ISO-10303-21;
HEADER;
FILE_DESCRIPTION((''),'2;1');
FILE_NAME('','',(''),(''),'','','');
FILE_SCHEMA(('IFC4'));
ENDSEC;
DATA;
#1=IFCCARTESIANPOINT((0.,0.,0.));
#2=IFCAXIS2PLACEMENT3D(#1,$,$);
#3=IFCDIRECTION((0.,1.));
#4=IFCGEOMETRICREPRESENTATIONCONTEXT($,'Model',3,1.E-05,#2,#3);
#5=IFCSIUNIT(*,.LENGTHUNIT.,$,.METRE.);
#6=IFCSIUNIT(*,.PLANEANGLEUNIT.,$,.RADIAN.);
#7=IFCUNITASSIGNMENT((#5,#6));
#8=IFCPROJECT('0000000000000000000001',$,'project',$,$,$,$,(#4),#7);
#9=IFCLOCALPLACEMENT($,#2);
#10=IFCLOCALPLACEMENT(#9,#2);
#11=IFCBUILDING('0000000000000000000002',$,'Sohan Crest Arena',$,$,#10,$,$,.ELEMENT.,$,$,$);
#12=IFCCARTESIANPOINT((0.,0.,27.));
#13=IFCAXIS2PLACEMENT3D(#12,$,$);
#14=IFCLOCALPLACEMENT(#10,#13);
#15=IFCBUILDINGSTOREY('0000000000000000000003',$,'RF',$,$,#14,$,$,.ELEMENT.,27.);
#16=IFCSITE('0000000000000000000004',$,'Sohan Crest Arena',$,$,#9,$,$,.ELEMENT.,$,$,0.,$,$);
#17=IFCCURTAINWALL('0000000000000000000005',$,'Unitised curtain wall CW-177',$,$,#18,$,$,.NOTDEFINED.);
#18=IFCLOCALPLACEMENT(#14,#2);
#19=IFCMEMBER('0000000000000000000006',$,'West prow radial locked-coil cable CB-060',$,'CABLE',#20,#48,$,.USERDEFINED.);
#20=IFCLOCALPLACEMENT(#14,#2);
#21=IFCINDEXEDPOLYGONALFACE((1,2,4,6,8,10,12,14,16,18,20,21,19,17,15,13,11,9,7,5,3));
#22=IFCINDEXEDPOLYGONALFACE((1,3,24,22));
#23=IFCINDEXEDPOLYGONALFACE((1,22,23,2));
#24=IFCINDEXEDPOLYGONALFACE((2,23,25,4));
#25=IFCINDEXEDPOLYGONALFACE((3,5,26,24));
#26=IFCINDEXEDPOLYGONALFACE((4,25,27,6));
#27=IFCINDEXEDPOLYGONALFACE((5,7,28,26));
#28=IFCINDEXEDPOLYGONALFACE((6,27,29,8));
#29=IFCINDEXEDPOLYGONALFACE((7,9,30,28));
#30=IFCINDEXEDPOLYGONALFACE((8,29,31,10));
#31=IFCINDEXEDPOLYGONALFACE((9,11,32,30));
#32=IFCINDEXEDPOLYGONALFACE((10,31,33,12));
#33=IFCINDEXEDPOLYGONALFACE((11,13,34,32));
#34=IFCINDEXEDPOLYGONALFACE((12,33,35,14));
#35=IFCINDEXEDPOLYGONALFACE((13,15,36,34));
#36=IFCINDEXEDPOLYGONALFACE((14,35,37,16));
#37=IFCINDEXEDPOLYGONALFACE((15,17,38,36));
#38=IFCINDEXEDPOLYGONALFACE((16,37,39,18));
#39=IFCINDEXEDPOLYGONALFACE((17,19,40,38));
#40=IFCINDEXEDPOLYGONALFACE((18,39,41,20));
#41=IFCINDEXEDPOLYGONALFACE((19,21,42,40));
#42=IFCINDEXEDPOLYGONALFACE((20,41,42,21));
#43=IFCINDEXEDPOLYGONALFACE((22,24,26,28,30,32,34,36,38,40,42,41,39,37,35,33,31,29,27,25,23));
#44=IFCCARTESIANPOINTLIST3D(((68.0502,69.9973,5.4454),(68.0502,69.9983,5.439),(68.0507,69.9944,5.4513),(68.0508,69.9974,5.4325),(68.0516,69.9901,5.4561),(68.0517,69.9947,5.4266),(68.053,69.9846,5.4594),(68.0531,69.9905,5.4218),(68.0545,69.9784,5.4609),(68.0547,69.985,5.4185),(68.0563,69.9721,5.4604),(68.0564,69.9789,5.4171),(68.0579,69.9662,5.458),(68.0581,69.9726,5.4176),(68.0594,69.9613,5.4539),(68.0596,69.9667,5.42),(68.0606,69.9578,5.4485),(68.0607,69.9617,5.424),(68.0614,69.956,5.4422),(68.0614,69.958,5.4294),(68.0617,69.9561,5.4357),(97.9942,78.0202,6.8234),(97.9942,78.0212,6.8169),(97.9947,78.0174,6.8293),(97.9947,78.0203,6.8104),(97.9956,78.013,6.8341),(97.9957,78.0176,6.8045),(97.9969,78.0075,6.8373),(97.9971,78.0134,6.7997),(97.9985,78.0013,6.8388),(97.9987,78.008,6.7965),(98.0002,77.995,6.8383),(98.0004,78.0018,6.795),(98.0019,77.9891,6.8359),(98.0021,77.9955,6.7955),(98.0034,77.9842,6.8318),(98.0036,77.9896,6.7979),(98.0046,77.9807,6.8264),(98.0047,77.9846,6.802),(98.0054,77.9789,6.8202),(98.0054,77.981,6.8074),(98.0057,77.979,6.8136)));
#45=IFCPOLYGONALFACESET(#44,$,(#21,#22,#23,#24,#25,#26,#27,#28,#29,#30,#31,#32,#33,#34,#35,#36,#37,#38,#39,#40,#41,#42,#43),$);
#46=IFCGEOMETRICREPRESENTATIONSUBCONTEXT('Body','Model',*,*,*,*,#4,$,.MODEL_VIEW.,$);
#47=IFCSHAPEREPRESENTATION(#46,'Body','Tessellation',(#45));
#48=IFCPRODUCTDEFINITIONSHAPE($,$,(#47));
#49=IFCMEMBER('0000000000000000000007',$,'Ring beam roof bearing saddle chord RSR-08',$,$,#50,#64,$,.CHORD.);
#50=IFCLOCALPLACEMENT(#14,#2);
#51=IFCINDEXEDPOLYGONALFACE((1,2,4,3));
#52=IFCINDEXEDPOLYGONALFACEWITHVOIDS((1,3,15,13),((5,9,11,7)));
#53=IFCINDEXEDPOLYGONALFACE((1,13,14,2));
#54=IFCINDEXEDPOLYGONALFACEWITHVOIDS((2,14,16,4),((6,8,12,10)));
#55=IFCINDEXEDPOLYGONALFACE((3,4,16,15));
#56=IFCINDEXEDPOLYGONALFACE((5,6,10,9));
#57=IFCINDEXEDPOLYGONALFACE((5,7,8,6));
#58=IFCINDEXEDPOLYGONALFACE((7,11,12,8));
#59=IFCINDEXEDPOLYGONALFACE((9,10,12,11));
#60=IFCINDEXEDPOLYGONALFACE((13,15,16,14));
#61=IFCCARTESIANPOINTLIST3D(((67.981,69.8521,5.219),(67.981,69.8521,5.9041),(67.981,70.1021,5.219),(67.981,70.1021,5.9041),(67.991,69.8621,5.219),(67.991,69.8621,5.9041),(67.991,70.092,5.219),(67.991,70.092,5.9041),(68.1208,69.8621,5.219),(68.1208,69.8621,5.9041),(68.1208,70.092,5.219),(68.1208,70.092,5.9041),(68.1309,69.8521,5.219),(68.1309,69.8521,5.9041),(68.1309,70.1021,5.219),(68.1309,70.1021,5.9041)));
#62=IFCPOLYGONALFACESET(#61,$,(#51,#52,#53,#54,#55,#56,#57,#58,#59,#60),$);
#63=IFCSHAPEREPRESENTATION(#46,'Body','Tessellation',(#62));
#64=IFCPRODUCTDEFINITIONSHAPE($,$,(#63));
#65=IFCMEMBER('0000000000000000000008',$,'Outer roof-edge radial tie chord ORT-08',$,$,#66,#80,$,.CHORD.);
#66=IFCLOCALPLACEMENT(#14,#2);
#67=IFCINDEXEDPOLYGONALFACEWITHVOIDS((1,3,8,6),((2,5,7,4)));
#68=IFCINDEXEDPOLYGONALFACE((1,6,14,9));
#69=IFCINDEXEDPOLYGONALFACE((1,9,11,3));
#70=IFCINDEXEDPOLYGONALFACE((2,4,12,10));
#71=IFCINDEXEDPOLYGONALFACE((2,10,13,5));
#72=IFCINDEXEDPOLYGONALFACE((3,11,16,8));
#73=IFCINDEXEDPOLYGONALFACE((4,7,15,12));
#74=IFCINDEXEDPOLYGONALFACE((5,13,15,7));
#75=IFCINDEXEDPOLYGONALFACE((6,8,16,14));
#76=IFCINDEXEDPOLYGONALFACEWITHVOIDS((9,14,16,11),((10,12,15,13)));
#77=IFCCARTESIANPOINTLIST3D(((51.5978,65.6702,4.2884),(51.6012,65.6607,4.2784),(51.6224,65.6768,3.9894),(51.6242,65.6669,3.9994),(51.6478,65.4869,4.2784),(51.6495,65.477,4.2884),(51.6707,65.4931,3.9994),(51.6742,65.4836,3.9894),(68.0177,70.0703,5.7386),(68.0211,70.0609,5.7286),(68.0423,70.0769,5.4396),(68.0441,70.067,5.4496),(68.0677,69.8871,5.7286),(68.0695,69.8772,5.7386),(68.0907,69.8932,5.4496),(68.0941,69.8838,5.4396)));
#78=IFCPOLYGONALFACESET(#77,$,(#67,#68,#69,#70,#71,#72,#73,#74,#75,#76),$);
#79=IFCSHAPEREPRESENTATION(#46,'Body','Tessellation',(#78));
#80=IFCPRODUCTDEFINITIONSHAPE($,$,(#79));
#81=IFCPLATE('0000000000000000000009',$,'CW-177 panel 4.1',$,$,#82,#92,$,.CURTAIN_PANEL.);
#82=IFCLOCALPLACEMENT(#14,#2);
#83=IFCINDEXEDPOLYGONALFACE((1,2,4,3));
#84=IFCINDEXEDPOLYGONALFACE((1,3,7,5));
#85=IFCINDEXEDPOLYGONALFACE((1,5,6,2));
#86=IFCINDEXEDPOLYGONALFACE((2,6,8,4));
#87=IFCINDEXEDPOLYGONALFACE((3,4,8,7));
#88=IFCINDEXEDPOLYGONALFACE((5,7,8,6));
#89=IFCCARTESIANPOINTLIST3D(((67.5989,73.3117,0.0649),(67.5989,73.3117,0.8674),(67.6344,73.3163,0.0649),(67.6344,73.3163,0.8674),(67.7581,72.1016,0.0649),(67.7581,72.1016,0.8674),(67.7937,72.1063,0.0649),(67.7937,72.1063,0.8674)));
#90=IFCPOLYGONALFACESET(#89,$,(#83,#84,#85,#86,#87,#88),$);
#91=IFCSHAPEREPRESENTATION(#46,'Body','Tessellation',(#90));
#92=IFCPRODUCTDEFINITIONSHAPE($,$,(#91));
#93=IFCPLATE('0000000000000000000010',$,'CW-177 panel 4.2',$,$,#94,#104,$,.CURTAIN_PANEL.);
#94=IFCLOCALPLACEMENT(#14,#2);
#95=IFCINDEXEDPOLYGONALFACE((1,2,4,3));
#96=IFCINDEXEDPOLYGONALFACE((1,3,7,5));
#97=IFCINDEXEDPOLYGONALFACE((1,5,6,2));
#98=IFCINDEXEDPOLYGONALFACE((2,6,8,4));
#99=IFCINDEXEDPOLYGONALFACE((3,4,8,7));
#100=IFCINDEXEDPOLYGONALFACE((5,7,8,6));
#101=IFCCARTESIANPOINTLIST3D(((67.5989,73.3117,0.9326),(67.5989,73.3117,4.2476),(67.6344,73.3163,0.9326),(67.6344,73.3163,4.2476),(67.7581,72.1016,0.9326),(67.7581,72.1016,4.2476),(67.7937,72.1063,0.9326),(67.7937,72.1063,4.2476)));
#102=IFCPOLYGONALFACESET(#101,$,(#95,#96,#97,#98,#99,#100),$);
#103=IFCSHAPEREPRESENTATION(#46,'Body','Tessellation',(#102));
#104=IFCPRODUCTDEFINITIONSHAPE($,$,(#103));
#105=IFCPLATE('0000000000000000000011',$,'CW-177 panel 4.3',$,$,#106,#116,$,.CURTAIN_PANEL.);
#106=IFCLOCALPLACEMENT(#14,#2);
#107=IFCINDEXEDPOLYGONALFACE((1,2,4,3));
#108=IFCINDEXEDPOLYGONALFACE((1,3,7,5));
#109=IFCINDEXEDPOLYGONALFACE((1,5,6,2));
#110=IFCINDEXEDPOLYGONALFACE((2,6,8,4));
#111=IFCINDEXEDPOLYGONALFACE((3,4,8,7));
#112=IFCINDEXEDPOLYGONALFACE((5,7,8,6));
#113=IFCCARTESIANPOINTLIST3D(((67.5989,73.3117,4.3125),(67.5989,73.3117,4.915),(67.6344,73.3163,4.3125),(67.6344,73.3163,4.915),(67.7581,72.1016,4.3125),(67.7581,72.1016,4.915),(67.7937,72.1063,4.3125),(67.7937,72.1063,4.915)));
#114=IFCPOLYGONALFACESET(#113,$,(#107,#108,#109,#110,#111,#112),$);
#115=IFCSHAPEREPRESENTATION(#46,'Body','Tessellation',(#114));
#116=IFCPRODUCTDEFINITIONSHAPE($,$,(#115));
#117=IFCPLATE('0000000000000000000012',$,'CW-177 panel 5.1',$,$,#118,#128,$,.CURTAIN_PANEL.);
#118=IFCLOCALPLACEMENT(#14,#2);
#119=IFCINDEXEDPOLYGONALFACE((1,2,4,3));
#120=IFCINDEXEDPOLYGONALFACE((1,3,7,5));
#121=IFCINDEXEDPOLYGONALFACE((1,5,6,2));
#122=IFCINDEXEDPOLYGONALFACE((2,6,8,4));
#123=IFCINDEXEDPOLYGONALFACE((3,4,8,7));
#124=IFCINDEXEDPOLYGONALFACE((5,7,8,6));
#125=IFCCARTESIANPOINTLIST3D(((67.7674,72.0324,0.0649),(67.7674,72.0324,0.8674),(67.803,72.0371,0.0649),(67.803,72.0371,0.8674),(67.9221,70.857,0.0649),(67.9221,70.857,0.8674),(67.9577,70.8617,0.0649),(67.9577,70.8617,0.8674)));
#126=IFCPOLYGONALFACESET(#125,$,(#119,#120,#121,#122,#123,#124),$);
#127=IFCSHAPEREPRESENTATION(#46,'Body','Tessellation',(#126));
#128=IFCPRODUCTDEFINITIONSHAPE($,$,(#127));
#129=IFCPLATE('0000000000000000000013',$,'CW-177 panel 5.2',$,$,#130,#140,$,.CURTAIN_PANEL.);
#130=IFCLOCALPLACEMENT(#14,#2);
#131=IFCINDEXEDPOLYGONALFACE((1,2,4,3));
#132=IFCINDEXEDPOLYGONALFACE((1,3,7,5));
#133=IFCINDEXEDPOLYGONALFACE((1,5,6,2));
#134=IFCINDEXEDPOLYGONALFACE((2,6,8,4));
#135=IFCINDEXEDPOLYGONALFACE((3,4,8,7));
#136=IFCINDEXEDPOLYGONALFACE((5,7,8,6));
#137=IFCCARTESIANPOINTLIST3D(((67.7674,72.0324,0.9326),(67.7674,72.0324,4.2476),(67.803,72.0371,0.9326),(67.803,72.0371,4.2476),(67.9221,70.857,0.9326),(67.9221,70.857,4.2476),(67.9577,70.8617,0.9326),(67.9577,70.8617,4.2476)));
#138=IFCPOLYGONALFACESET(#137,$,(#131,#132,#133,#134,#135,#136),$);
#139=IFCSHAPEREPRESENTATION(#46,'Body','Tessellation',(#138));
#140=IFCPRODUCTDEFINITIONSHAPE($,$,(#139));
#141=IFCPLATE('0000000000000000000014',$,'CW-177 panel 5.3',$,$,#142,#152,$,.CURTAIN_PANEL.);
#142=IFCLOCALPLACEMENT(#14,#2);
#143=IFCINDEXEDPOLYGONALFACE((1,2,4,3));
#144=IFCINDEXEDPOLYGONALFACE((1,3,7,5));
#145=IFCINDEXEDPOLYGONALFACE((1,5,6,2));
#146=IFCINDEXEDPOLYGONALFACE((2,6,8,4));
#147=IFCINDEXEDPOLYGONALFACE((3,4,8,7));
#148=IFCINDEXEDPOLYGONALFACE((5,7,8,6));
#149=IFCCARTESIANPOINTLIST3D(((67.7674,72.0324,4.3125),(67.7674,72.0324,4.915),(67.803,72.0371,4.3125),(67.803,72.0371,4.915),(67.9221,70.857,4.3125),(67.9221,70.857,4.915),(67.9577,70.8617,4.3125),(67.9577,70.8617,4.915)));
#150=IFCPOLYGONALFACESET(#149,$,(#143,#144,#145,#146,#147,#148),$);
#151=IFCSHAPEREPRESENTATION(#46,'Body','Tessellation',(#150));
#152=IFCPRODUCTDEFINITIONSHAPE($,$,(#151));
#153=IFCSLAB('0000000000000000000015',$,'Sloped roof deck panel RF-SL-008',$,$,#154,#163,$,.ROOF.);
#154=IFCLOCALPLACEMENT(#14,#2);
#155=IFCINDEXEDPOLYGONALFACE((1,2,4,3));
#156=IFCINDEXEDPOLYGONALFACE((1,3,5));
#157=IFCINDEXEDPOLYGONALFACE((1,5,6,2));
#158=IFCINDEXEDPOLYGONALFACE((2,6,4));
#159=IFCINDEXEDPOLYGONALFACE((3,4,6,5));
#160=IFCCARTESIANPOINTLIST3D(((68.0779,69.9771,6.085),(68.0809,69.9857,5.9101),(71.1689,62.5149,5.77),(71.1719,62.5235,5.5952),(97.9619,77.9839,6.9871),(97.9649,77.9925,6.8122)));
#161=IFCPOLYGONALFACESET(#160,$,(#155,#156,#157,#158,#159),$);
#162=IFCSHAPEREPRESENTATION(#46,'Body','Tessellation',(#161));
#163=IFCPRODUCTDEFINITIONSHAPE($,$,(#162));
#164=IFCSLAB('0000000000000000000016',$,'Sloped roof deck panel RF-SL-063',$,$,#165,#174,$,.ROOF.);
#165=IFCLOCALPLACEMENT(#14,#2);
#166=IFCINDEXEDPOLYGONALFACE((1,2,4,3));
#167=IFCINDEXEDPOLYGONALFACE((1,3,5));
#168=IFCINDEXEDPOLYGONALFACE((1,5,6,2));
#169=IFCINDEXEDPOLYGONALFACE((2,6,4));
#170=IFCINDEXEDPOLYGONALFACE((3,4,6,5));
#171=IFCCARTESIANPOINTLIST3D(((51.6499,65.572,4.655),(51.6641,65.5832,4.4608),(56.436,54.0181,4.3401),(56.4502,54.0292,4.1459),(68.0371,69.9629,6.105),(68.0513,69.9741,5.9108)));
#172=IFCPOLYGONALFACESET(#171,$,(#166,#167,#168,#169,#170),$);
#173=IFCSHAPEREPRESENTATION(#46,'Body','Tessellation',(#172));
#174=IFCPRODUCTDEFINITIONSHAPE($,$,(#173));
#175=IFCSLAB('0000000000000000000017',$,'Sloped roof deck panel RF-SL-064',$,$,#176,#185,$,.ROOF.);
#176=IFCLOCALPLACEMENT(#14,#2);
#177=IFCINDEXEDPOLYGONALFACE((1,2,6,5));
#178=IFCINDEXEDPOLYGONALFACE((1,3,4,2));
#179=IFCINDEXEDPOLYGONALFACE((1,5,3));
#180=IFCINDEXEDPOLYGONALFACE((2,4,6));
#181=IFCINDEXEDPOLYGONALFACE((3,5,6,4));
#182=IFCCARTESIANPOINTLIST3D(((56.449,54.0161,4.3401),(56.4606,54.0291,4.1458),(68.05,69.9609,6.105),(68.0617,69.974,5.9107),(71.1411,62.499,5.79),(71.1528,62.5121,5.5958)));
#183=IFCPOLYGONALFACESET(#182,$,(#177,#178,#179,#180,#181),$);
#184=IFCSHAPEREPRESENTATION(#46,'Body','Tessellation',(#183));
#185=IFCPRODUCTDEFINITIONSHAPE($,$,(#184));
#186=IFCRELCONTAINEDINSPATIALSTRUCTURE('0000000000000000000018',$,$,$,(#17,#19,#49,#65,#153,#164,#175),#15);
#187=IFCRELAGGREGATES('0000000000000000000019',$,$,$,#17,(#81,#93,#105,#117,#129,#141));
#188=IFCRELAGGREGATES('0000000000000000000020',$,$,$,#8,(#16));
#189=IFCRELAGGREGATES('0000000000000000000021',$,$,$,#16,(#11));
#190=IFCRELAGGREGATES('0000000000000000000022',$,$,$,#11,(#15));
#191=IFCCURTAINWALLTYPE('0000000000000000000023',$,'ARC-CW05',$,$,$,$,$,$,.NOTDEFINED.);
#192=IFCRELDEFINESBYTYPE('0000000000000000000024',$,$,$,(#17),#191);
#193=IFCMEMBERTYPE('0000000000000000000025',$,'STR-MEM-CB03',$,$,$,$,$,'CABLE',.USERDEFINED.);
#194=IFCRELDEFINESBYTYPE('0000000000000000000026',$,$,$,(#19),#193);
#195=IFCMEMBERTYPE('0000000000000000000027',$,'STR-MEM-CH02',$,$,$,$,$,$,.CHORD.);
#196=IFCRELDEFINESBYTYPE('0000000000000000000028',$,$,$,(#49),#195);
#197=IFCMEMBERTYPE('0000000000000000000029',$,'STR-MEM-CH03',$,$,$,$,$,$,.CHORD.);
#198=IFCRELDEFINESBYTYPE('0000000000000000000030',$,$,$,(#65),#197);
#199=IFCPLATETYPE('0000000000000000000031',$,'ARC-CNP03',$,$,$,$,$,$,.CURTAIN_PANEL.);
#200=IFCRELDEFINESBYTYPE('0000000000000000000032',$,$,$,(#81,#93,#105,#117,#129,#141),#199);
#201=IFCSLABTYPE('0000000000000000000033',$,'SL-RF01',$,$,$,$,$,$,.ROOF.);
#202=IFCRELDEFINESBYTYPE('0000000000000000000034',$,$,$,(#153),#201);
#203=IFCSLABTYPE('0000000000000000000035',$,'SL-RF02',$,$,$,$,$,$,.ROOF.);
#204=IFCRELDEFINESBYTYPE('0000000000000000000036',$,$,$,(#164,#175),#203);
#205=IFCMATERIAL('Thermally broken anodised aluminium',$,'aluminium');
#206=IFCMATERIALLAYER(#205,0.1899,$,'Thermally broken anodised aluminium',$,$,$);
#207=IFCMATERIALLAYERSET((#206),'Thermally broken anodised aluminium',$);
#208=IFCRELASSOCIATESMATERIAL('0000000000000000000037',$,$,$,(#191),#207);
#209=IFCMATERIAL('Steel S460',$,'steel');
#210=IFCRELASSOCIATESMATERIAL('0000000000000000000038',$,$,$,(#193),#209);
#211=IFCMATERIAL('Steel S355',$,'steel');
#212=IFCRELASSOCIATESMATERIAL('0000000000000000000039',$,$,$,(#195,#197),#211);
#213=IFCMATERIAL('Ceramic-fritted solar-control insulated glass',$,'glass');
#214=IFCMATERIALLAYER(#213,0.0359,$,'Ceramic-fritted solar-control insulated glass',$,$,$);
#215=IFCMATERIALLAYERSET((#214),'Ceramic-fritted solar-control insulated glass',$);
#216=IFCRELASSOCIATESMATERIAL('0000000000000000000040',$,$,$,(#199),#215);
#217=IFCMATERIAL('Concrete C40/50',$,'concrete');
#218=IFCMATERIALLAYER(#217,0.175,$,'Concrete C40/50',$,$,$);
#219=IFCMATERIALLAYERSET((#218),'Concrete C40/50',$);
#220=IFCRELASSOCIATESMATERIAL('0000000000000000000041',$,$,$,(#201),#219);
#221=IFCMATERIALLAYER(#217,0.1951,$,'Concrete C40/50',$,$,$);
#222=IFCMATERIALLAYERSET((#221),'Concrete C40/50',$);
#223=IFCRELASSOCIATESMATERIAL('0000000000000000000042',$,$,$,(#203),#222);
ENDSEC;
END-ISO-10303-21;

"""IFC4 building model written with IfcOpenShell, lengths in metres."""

from ifc_helpers import new_model, si_unit, direction, frame, origin, origin_2d, place, context, subcontext, project, spatial, polyline, rectangle, hollow_rectangle, circle, outline, extrude, material, layer, layer_set, material_profile, profile_set, type_object, element, aggregate, save


model = new_model("IFC4")

# Units and contexts
model_context = context("Model", 3, precision=1e-05, world=origin(), true_north=direction((0.0, 1.0)))
body_context = subcontext(model_context, "Body", "Model", "MODEL_VIEW")
ifc_project = project(units=[si_unit("LENGTHUNIT", "METRE"), si_unit("PLANEANGLEUNIT", "RADIAN")], contexts=[model_context])

# Site, building, storey
site_placement = place(None, origin())
site = spatial("IfcSite", under=ifc_project, at=site_placement, Name="Sohan Crest Arena", CompositionType="ELEMENT", RefElevation=0.0)
building_placement = place(site_placement, origin())
building = spatial("IfcBuilding", under=site, at=building_placement, Name="Sohan Crest Arena", CompositionType="ELEMENT")
storey_placement = place(building_placement, frame((0.0, 0.0, 27.0)))
storey = spatial("IfcBuildingStorey", under=building, at=storey_placement, Name="RF", CompositionType="ELEMENT", Elevation=27.0)

# Shared definitions
ifc_material_1 = material(Name="Concrete C40/50", Category="concrete")

# Curtain wall
ifc_material_2 = material(Name="Thermally broken anodised aluminium", Category="aluminium")
ifc_layer_1 = layer(ifc_material_2, 0.1899, Name="Thermally broken anodised aluminium")
ifc_layer_set_1 = layer_set([ifc_layer_1], Name="Thermally broken anodised aluminium")
curtain_wall_type = type_object("IfcCurtainWallType", Name="ARC-CW05", PredefinedType="NOTDEFINED", material=ifc_layer_set_1)
curtain_wall_1_placement = place(storey_placement, origin())
curtain_wall_1 = element("IfcCurtainWall", 1, at=curtain_wall_1_placement, inside=storey, type_object=curtain_wall_type, Name="Unitised curtain wall CW-177", PredefinedType="NOTDEFINED")

# Shared definitions
ifc_material_3 = material(Name="Steel S355", Category="steel")

# Members
ifc_material_4 = material(Name="Steel S460", Category="steel")
ifc_material_profile_1 = material_profile(ifc_material_4, circle(Radius=0.022, at=origin_2d()), Name="FLC D44")
ifc_profile_set_1 = profile_set([ifc_material_profile_1], Name="Steel S460")
member_type_1 = type_object("IfcMemberType", Name="STR-MEM-CB03", ElementType="CABLE", PredefinedType="USERDEFINED", material=ifc_profile_set_1)
member_1_placement = place(storey_placement, frame((68.0559, 69.9771, 5.439), z_axis=(0.964977, 0.258547, 0.044405), x_axis=(-0.258803, 0.96593, 0.0)))
element("IfcMember", 2, at=member_1_placement, inside=storey, type_object=member_type_1, Name="West prow radial locked-coil cable CB-060", ObjectType="CABLE", PredefinedType="USERDEFINED", context=body_context, shape_type="SweptSolid", body=[
    extrude(circle(Radius=0.022, at=origin_2d()), origin(), (0.0, 0.0, 1.0), 31.0308),
])
ifc_material_profile_2 = material_profile(ifc_material_3, hollow_rectangle(XDim=0.1499, YDim=0.25, WallThickness=0.01, at=origin_2d()), Name="RHS 250x150x10")
ifc_profile_set_2 = profile_set([ifc_material_profile_2], Name="Steel S355")
member_type_2 = type_object("IfcMemberType", Name="STR-MEM-CH02", PredefinedType="CHORD", material=ifc_profile_set_2)
member_2_placement = place(storey_placement, frame((68.0559, 69.9771, 5.219), z_axis=(0.0, 0.0, 1.0), x_axis=(1.0, 0.0, 0.0)))
element("IfcMember", 3, at=member_2_placement, inside=storey, type_object=member_type_2, Name="Ring beam roof bearing saddle chord RSR-08", PredefinedType="CHORD", context=body_context, shape_type="SweptSolid", body=[
    extrude(hollow_rectangle(XDim=0.1499, YDim=0.25, WallThickness=0.01, at=origin_2d()), origin(), (0.0, 0.0, 1.0), 0.6851),
])
ifc_material_profile_3 = material_profile(ifc_material_3, hollow_rectangle(XDim=0.2, YDim=0.3, WallThickness=0.01, at=origin_2d()), Name="RHS 300x200x10")
ifc_profile_set_3 = profile_set([ifc_material_profile_3], Name="Steel S355")
member_type_3 = type_object("IfcMemberType", Name="STR-MEM-CH03", PredefinedType="CHORD", material=ifc_profile_set_3)
member_3_placement = place(storey_placement, frame((68.0559, 69.9771, 5.5891), z_axis=(-0.962424, -0.257907, -0.085001), x_axis=(0.258843, -0.965919, 0.0)))
element("IfcMember", 4, at=member_3_placement, inside=storey, type_object=member_type_3, Name="Outer roof-edge radial tie chord ORT-08", PredefinedType="CHORD", context=body_context, shape_type="SweptSolid", body=[
    extrude(hollow_rectangle(XDim=0.2, YDim=0.3, WallThickness=0.01, at=origin_2d()), origin(), (0.0, 0.0, 1.0), 17.061),
])

# Plates
ifc_material_5 = material(Name="Ceramic-fritted solar-control insulated glass", Category="glass")
ifc_layer_2 = layer(ifc_material_5, 0.0359, Name="Ceramic-fritted solar-control insulated glass")
ifc_layer_set_2 = layer_set([ifc_layer_2], Name="Ceramic-fritted solar-control insulated glass")
plate_type_1 = type_object("IfcPlateType", Name="ARC-CNP03", PredefinedType="CURTAIN_PANEL", material=ifc_layer_set_2)
plate_1_placement = place(storey_placement, frame((67.6963, 72.709, 0.0649), z_axis=(0.0, 0.0, 1.0), x_axis=(0.130499, -0.991448, 0.0)))
plate_1 = element("IfcPlate", 5, at=plate_1_placement, type_object=plate_type_1, Name="CW-177 panel 4.1", PredefinedType="CURTAIN_PANEL", context=body_context, shape_type="SweptSolid", body=[
    extrude(rectangle(XDim=1.2205, YDim=0.0359, at=origin_2d()), origin(), (0.0, 0.0, 1.0), 0.8025),
])
plate_2_placement = place(storey_placement, frame((67.6963, 72.709, 0.9326), z_axis=(0.0, 0.0, 1.0), x_axis=(0.130499, -0.991448, 0.0)))
plate_2 = element("IfcPlate", 6, at=plate_2_placement, type_object=plate_type_1, Name="CW-177 panel 4.2", PredefinedType="CURTAIN_PANEL", context=body_context, shape_type="SweptSolid", body=[
    extrude(rectangle(XDim=1.2205, YDim=0.0359, at=origin_2d()), origin(), (0.0, 0.0, 1.0), 3.3149),
])
plate_3_placement = place(storey_placement, frame((67.6963, 72.709, 4.3125), z_axis=(0.0, 0.0, 1.0), x_axis=(0.130499, -0.991448, 0.0)))
plate_3 = element("IfcPlate", 7, at=plate_3_placement, type_object=plate_type_1, Name="CW-177 panel 4.3", PredefinedType="CURTAIN_PANEL", context=body_context, shape_type="SweptSolid", body=[
    extrude(rectangle(XDim=1.2205, YDim=0.0359, at=origin_2d()), origin(), (0.0, 0.0, 1.0), 0.6025),
])
plate_4_placement = place(storey_placement, frame((67.8625, 71.447, 0.0649), z_axis=(0.0, 0.0, 1.0), x_axis=(0.130499, -0.991448, 0.0)))
plate_4 = element("IfcPlate", 8, at=plate_4_placement, type_object=plate_type_1, Name="CW-177 panel 5.1", PredefinedType="CURTAIN_PANEL", context=body_context, shape_type="SweptSolid", body=[
    extrude(rectangle(XDim=1.1855, YDim=0.0359, at=origin_2d()), origin(), (0.0, 0.0, 1.0), 0.8025),
])
plate_5_placement = place(storey_placement, frame((67.8625, 71.447, 0.9326), z_axis=(0.0, 0.0, 1.0), x_axis=(0.130499, -0.991448, 0.0)))
plate_5 = element("IfcPlate", 9, at=plate_5_placement, type_object=plate_type_1, Name="CW-177 panel 5.2", PredefinedType="CURTAIN_PANEL", context=body_context, shape_type="SweptSolid", body=[
    extrude(rectangle(XDim=1.1855, YDim=0.0359, at=origin_2d()), origin(), (0.0, 0.0, 1.0), 3.3149),
])
plate_6_placement = place(storey_placement, frame((67.8625, 71.447, 4.3125), z_axis=(0.0, 0.0, 1.0), x_axis=(0.130499, -0.991448, 0.0)))
plate_6 = element("IfcPlate", 10, at=plate_6_placement, type_object=plate_type_1, Name="CW-177 panel 5.3", PredefinedType="CURTAIN_PANEL", context=body_context, shape_type="SweptSolid", body=[
    extrude(rectangle(XDim=1.1855, YDim=0.0359, at=origin_2d()), origin(), (0.0, 0.0, 1.0), 0.6025),
])
aggregate(curtain_wall_1, [plate_1, plate_2, plate_3, plate_4, plate_5, plate_6])

# Slabs
ifc_layer_3 = layer(ifc_material_1, 0.175, Name="Concrete C40/50")
ifc_layer_set_3 = layer_set([ifc_layer_3], Name="Concrete C40/50")
slab_type_1 = type_object("IfcSlabType", Name="SL-RF01", PredefinedType="ROOF", material=ifc_layer_set_3)
slab_1_placement = place(storey_placement, frame((68.0779, 69.9771, 6.085), z_axis=(-0.01697, -0.049177, 0.998646), x_axis=(0.382407, -0.923172, -0.038963)))
element("IfcSlab", 11, at=slab_1_placement, inside=storey, type_object=slab_type_1, Name="Sloped roof deck panel RF-SL-008", PredefinedType="ROOF", context=body_context, shape_type="SweptSolid", body=[
    extrude(outline(polyline([(0.0, 0.0), (8.0832, 0.0), (4.001, 30.6915), (0.0, 0.0)])), origin(), (0.0, 0.0, -1.0), 0.175),
])
ifc_layer_4 = layer(ifc_material_1, 0.1951, Name="Concrete C40/50")
ifc_layer_set_4 = layer_set([ifc_layer_4], Name="Concrete C40/50")
slab_type_2 = type_object("IfcSlabType", Name="SL-RF02", PredefinedType="ROOF", material=ifc_layer_set_4)
slab_2_placement = place(storey_placement, frame((68.0371, 69.9629, 6.105), z_axis=(-0.072753, -0.057279, 0.995704), x_axis=(-0.962418, -0.257875, -0.085155)))
element("IfcSlab", 12, at=slab_2_placement, inside=storey, type_object=slab_type_2, Name="Sloped roof deck panel RF-SL-063", PredefinedType="ROOF", context=body_context, shape_type="SweptSolid", body=[
    extrude(outline(polyline([(0.0, 0.0), (17.0271, 0.0), (15.4271, 12.4073), (0.0, 0.0)])), origin(), (0.0, 0.0, -1.0), 0.1951),
])
slab_3_placement = place(storey_placement, frame((68.05, 69.9609, 6.105), z_axis=(-0.059734, -0.066781, 0.995978), x_axis=(-0.58599, -0.8054, -0.089148)))
element("IfcSlab", 13, at=slab_3_placement, inside=storey, type_object=slab_type_2, Name="Sloped roof deck panel RF-SL-064", PredefinedType="ROOF", context=body_context, shape_type="SweptSolid", body=[
    extrude(outline(polyline([(0.0, 0.0), (19.7974, 0.0), (4.2266, 6.8899), (0.0, 0.0)])), origin(), (0.0, 0.0, -1.0), 0.1951),
])

save(model, "model.ifc")
